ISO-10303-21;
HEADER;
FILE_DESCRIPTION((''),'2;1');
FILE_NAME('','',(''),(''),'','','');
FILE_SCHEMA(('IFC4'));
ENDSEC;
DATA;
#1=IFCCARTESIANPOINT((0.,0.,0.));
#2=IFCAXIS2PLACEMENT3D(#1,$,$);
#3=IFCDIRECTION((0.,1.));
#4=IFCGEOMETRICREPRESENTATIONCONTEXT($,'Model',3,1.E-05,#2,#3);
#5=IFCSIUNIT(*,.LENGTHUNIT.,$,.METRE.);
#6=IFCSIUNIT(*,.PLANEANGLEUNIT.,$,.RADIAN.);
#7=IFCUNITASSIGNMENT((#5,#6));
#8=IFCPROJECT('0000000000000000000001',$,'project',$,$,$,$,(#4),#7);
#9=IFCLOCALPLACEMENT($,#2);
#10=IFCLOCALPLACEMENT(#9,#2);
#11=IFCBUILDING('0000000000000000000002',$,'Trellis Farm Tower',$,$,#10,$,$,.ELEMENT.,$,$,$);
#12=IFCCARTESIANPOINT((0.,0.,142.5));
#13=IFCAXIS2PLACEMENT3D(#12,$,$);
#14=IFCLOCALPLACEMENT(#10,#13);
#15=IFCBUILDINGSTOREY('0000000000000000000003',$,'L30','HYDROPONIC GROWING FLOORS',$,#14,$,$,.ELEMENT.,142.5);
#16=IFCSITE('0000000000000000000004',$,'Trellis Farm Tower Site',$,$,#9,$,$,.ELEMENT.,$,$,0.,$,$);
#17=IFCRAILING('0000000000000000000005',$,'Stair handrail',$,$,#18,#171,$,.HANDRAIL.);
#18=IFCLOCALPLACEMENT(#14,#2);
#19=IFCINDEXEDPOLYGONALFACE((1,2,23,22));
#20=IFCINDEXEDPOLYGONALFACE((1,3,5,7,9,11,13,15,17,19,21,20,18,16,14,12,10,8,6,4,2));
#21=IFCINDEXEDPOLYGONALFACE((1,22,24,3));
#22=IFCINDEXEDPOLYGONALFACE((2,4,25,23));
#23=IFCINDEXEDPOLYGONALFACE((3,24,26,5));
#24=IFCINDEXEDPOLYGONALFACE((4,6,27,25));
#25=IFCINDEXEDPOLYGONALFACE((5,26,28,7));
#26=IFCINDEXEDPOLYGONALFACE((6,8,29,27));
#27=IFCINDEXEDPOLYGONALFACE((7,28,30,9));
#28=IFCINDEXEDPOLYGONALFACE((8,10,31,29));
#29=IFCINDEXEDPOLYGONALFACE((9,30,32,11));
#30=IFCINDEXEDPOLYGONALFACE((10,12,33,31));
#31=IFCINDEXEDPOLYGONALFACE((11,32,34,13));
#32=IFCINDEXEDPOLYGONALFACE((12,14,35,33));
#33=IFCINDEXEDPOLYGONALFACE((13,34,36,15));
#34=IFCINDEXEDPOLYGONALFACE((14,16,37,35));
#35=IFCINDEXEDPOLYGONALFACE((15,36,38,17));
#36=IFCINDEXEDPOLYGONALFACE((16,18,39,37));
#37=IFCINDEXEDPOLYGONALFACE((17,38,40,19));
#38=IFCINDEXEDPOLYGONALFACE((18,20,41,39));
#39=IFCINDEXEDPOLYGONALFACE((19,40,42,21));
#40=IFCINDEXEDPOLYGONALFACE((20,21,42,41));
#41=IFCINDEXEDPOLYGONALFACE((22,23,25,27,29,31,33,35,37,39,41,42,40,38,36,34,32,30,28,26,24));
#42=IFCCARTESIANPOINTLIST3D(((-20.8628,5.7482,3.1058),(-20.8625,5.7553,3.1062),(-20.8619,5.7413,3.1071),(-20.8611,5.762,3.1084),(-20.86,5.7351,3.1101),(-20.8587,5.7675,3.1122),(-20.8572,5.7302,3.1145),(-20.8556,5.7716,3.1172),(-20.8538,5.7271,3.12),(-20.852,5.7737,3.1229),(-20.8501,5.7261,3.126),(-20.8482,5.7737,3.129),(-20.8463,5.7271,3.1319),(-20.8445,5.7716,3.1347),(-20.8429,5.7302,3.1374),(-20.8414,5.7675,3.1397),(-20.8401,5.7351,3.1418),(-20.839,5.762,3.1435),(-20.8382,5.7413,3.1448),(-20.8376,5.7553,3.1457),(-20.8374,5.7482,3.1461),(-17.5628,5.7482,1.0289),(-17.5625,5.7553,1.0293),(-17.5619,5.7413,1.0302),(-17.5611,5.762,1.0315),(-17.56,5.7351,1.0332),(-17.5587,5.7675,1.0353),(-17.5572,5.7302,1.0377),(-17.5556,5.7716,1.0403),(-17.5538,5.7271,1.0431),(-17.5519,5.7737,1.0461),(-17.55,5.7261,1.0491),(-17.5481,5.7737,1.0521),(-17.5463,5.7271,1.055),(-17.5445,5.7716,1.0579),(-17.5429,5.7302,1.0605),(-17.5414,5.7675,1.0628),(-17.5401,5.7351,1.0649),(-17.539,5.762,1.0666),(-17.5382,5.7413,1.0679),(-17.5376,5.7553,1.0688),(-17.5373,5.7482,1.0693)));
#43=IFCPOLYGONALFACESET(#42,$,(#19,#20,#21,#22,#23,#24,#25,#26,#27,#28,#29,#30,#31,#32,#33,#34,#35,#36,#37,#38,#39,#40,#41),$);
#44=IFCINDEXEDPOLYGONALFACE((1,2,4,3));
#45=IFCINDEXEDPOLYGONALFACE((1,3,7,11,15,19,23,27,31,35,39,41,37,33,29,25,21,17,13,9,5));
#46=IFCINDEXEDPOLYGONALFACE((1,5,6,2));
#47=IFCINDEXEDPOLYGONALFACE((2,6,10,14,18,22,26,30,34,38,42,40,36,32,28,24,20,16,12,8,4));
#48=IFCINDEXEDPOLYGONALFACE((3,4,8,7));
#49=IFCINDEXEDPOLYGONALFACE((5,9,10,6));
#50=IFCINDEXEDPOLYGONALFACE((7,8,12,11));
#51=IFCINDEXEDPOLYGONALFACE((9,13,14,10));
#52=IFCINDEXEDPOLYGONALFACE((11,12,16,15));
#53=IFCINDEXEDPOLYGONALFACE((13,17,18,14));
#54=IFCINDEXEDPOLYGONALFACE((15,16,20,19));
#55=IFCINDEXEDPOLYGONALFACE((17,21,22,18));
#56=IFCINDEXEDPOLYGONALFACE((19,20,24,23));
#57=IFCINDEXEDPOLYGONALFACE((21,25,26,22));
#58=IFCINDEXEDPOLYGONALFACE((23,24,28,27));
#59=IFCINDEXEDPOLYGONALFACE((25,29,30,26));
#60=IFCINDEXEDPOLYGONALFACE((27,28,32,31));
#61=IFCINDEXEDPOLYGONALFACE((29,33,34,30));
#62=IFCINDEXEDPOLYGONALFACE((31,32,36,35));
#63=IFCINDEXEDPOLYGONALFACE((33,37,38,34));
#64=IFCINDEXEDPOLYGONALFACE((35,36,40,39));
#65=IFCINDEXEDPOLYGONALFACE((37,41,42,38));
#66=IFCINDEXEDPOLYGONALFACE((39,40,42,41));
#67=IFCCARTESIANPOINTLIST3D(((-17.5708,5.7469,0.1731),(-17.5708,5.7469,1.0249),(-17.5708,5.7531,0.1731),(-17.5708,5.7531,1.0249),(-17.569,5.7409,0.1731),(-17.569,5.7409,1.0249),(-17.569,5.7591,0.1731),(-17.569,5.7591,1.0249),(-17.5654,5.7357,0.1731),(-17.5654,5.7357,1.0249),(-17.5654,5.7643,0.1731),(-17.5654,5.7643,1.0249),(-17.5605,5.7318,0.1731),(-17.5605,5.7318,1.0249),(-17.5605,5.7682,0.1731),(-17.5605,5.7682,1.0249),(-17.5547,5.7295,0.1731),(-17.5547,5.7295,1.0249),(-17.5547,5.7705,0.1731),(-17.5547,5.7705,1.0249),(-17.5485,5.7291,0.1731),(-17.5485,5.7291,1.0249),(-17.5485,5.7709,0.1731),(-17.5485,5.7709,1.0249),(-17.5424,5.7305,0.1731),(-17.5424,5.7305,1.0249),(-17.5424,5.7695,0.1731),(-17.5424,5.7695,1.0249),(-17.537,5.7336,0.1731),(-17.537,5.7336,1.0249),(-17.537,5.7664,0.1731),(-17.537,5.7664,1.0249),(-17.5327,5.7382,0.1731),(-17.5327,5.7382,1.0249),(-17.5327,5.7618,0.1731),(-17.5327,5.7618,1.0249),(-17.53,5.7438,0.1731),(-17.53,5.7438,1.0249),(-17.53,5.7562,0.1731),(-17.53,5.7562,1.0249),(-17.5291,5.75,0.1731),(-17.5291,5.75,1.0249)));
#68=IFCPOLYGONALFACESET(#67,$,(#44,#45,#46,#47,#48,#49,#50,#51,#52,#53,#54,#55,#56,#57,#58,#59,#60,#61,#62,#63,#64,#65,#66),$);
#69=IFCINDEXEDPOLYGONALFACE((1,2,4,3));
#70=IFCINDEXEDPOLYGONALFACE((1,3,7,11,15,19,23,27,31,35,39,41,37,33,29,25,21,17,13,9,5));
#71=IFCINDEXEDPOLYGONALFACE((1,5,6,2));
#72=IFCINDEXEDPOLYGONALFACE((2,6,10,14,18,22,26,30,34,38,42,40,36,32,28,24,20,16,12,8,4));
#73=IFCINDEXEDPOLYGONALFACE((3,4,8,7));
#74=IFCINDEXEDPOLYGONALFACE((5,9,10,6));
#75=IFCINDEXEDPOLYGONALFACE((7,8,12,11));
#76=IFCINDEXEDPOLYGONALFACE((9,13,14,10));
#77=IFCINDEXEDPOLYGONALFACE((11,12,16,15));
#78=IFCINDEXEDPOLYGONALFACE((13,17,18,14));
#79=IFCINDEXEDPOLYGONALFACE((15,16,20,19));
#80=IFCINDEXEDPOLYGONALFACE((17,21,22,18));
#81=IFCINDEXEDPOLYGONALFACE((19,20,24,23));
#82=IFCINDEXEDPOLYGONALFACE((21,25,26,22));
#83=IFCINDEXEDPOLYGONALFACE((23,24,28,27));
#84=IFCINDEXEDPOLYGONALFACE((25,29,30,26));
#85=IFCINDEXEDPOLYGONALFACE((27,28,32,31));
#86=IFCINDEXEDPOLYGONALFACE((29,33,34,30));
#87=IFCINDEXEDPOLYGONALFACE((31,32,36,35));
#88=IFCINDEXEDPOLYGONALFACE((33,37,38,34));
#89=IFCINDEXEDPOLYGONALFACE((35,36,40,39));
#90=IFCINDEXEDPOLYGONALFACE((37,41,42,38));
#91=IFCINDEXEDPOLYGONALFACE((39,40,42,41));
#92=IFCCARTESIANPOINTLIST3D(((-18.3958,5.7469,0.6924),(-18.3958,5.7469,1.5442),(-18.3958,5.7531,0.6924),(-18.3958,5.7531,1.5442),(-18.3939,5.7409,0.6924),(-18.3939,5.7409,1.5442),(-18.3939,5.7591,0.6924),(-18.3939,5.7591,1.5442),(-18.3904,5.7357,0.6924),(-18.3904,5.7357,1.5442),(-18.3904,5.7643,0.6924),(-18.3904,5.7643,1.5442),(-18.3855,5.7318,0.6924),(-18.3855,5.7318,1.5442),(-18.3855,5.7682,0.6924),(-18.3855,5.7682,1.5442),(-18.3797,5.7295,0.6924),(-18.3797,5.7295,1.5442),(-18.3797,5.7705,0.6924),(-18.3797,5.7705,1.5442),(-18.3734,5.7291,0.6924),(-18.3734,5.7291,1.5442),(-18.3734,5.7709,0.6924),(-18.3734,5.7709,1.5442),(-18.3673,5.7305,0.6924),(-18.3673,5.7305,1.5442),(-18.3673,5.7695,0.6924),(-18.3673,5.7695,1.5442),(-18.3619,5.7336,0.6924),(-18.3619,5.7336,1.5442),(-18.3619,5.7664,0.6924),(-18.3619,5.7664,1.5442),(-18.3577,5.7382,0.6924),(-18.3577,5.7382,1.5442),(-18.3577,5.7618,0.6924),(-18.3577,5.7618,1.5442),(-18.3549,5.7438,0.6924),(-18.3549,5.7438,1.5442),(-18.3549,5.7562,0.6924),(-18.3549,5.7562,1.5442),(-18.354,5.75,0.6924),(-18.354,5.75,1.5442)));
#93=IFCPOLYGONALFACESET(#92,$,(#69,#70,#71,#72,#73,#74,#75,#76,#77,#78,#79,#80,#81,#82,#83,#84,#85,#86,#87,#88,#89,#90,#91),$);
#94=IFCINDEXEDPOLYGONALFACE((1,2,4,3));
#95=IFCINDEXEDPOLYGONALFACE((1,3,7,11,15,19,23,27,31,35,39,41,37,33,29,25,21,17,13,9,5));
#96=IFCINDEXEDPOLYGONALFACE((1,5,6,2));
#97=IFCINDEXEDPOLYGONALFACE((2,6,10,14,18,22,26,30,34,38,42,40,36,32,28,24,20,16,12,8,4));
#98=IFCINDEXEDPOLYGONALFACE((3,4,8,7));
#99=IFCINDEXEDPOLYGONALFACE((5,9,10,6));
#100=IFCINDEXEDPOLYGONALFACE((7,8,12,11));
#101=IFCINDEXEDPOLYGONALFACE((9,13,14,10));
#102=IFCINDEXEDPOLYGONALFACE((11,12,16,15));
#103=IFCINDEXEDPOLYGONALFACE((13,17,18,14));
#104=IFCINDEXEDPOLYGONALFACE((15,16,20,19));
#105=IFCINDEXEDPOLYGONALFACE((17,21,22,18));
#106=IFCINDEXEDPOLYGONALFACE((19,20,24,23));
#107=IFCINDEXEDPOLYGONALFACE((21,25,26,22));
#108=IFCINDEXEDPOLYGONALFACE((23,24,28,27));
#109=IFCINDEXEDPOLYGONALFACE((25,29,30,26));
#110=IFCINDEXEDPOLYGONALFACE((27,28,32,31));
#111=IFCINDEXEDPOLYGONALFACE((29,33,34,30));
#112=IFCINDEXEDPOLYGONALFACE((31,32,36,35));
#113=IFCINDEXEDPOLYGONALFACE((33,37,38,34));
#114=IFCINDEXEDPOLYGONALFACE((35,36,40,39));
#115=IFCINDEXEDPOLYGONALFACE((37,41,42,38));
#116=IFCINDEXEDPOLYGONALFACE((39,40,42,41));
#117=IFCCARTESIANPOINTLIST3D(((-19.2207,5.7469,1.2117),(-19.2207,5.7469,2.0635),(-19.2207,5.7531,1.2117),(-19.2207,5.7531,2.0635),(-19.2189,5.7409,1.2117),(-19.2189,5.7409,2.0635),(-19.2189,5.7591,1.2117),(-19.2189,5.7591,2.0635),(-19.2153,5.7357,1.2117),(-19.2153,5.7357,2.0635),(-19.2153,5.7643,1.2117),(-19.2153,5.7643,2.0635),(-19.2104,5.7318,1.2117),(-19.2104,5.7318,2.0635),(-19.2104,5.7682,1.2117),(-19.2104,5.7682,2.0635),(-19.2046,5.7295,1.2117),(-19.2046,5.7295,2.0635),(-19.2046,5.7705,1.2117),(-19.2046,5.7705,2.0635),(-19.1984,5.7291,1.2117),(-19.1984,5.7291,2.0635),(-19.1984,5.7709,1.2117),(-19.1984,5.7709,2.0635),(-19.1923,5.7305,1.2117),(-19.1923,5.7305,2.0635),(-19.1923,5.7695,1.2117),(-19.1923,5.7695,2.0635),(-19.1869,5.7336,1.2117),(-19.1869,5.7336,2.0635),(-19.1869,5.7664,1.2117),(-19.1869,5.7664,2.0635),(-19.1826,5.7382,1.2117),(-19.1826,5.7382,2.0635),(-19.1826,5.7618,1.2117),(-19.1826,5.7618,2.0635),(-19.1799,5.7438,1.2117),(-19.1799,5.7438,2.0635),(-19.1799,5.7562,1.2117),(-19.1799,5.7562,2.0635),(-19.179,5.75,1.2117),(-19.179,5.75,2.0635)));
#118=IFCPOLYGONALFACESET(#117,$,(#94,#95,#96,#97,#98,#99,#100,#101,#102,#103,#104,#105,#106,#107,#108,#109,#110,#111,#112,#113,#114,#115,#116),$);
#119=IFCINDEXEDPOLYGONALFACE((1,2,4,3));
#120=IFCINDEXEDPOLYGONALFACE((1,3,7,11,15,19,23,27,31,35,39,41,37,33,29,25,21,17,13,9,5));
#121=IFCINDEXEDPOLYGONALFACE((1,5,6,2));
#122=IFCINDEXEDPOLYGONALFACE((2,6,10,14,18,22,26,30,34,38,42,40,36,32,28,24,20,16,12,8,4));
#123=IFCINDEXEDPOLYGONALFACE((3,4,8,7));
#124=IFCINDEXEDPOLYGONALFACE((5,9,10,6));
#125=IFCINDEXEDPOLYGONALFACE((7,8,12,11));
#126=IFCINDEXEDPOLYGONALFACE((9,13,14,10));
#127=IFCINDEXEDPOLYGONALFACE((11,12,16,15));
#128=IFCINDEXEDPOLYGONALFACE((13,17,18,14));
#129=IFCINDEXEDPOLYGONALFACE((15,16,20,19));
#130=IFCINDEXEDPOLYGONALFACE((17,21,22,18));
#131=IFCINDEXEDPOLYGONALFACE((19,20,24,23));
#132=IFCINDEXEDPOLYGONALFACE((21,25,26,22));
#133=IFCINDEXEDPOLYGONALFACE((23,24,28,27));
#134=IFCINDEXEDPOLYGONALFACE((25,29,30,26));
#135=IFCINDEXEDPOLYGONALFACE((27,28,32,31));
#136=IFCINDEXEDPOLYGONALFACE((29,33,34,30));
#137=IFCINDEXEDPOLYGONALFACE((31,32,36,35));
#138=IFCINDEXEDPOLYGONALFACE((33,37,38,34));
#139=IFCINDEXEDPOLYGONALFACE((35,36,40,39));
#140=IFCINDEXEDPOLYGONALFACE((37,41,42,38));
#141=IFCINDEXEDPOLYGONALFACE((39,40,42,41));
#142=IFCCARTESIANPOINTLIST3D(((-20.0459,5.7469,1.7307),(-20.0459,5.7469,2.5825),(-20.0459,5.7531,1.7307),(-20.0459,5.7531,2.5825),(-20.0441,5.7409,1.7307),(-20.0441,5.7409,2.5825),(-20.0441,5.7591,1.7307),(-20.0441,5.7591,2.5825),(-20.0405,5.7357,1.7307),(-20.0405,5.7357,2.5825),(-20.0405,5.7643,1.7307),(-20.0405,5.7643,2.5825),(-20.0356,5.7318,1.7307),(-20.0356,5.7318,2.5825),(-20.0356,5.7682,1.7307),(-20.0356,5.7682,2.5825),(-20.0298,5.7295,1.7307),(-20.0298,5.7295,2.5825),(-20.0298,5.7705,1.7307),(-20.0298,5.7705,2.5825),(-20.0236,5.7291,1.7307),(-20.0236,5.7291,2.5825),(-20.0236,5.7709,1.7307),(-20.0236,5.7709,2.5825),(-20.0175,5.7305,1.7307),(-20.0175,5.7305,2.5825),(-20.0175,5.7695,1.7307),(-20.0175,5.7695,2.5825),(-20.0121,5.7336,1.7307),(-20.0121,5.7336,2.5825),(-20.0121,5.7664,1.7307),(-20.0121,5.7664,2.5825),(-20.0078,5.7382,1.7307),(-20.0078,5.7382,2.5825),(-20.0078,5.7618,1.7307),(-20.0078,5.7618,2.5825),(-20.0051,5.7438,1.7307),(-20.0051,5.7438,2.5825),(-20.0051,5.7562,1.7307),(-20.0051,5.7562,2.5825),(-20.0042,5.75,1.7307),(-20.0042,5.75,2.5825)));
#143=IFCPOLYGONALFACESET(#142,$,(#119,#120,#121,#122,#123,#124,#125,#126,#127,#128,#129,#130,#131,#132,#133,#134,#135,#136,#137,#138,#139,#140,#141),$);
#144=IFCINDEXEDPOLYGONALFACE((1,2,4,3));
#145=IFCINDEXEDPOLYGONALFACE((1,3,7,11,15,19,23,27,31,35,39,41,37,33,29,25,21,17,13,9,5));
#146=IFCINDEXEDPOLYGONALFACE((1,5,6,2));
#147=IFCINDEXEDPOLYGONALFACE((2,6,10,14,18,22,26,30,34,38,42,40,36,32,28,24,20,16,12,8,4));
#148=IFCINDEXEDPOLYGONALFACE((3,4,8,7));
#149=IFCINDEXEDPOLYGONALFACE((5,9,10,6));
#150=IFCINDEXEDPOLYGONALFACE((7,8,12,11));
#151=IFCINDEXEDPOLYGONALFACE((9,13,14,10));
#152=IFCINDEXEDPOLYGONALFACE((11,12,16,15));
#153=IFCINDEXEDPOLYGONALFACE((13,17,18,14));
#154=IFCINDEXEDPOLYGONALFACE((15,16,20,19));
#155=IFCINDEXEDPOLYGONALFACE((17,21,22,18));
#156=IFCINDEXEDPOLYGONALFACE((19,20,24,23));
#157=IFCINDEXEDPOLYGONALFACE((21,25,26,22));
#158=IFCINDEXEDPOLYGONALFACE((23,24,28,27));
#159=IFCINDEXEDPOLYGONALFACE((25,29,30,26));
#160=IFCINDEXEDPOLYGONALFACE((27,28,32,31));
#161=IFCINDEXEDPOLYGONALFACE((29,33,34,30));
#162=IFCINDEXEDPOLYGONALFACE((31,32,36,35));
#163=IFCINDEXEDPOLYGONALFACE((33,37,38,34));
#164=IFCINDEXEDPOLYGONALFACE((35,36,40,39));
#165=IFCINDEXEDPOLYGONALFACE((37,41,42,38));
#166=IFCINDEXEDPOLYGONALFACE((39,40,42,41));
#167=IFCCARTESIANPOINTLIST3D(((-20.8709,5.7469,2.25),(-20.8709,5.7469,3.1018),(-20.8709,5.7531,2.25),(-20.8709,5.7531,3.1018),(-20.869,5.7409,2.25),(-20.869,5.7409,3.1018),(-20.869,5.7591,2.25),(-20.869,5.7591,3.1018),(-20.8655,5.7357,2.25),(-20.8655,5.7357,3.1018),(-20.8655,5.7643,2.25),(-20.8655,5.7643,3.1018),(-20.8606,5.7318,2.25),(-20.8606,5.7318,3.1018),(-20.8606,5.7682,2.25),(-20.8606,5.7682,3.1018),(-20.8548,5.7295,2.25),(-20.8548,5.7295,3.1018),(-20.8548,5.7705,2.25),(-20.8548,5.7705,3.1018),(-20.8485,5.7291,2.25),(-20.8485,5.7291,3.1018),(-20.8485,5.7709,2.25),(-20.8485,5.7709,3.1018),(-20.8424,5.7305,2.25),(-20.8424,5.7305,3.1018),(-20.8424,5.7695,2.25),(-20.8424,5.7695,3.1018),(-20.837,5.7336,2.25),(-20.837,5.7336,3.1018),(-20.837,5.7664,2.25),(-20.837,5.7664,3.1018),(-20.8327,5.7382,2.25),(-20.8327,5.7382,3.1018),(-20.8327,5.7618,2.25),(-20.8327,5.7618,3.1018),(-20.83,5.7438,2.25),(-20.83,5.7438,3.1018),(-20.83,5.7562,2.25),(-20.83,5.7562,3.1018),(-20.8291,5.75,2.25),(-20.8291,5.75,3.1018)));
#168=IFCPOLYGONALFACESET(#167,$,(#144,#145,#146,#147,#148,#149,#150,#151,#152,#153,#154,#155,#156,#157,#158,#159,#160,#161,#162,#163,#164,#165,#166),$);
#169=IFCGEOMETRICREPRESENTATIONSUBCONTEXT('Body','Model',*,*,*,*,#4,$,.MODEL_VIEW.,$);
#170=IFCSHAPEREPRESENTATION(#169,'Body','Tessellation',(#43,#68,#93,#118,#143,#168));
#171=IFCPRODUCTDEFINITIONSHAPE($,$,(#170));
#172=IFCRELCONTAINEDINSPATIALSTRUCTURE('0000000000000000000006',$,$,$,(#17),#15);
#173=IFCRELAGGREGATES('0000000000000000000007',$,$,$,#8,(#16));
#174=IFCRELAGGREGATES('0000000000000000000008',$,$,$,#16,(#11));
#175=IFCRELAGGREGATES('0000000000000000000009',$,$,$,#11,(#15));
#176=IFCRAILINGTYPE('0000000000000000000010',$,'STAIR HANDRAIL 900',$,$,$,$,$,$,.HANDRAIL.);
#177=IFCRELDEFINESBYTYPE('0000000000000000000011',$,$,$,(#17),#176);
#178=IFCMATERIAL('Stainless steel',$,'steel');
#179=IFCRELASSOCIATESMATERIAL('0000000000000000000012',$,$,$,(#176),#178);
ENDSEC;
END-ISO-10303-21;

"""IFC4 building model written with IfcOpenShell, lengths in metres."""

from ifc_helpers import new_model, si_unit, direction, frame, origin, origin_2d, place, context, subcontext, project, spatial, circle, extrude, source, transform, mapped, material, type_object, element, save


model = new_model("IFC4")

# Units and contexts
model_context = context("Model", 3, precision=1e-05, world=origin(), true_north=direction((0.0, 1.0)))
body_context = subcontext(model_context, "Body", "Model", "MODEL_VIEW")
ifc_project = project(units=[si_unit("LENGTHUNIT", "METRE"), si_unit("PLANEANGLEUNIT", "RADIAN")], contexts=[model_context])

# Site, building, storey
site_placement = place(None, origin())
site = spatial("IfcSite", under=ifc_project, at=site_placement, Name="Trellis Farm Tower Site", CompositionType="ELEMENT", RefElevation=0.0)
building_placement = place(site_placement, origin())
building = spatial("IfcBuilding", under=site, at=building_placement, Name="Trellis Farm Tower", CompositionType="ELEMENT")
storey_placement = place(building_placement, frame((0.0, 0.0, 142.5)))
storey = spatial("IfcBuildingStorey", under=building, at=storey_placement, Name="L30", Description="HYDROPONIC GROWING FLOORS", CompositionType="ELEMENT", Elevation=142.5)

# Railing
ifc_material_1 = material(Name="Stainless steel", Category="steel")
railing_type = type_object("IfcRailingType", Name="STAIR HANDRAIL 900", PredefinedType="HANDRAIL", material=ifc_material_1)
shared_shape_1 = source(origin(), body_context, "Body", "SweptSolid", [
    extrude(circle(Radius=0.0239, at=origin_2d()), frame((0.0, 0.0, 0.876), z_axis=(-0.846337, 0.0, 0.532647), x_axis=(0.0, -1.0, 0.0)), (0.0, 0.0, 1.0), 3.8992),
    extrude(circle(Radius=0.021, at=origin_2d()), origin(), (0.0, 0.0, 1.0), 0.8518),
    extrude(circle(Radius=0.021, at=origin_2d()), frame((-0.825, 0.0, 0.5193)), (0.0, 0.0, 1.0), 0.8518),
    extrude(circle(Radius=0.021, at=origin_2d()), frame((-1.6499, 0.0, 1.0386)), (0.0, 0.0, 1.0), 0.8518),
    extrude(circle(Radius=0.021, at=origin_2d()), frame((-2.4751, 0.0, 1.5576)), (0.0, 0.0, 1.0), 0.8518),
    extrude(circle(Radius=0.021, at=origin_2d()), frame((-3.3, 0.0, 2.0769)), (0.0, 0.0, 1.0), 0.8518),
])
for number, where, name in (
    (1, (-17.55, 5.75, 0.1731), "Stair handrail"),
):
    element("IfcRailing", number, at=place(storey_placement, frame(where)), inside=storey, type_object=railing_type, Name=name, PredefinedType="HANDRAIL", context=body_context, shape_type="MappedRepresentation", body=[
        mapped(shared_shape_1, transform((0.0, 0.0, 0.0))),
    ])

save(model, "model.ifc")
